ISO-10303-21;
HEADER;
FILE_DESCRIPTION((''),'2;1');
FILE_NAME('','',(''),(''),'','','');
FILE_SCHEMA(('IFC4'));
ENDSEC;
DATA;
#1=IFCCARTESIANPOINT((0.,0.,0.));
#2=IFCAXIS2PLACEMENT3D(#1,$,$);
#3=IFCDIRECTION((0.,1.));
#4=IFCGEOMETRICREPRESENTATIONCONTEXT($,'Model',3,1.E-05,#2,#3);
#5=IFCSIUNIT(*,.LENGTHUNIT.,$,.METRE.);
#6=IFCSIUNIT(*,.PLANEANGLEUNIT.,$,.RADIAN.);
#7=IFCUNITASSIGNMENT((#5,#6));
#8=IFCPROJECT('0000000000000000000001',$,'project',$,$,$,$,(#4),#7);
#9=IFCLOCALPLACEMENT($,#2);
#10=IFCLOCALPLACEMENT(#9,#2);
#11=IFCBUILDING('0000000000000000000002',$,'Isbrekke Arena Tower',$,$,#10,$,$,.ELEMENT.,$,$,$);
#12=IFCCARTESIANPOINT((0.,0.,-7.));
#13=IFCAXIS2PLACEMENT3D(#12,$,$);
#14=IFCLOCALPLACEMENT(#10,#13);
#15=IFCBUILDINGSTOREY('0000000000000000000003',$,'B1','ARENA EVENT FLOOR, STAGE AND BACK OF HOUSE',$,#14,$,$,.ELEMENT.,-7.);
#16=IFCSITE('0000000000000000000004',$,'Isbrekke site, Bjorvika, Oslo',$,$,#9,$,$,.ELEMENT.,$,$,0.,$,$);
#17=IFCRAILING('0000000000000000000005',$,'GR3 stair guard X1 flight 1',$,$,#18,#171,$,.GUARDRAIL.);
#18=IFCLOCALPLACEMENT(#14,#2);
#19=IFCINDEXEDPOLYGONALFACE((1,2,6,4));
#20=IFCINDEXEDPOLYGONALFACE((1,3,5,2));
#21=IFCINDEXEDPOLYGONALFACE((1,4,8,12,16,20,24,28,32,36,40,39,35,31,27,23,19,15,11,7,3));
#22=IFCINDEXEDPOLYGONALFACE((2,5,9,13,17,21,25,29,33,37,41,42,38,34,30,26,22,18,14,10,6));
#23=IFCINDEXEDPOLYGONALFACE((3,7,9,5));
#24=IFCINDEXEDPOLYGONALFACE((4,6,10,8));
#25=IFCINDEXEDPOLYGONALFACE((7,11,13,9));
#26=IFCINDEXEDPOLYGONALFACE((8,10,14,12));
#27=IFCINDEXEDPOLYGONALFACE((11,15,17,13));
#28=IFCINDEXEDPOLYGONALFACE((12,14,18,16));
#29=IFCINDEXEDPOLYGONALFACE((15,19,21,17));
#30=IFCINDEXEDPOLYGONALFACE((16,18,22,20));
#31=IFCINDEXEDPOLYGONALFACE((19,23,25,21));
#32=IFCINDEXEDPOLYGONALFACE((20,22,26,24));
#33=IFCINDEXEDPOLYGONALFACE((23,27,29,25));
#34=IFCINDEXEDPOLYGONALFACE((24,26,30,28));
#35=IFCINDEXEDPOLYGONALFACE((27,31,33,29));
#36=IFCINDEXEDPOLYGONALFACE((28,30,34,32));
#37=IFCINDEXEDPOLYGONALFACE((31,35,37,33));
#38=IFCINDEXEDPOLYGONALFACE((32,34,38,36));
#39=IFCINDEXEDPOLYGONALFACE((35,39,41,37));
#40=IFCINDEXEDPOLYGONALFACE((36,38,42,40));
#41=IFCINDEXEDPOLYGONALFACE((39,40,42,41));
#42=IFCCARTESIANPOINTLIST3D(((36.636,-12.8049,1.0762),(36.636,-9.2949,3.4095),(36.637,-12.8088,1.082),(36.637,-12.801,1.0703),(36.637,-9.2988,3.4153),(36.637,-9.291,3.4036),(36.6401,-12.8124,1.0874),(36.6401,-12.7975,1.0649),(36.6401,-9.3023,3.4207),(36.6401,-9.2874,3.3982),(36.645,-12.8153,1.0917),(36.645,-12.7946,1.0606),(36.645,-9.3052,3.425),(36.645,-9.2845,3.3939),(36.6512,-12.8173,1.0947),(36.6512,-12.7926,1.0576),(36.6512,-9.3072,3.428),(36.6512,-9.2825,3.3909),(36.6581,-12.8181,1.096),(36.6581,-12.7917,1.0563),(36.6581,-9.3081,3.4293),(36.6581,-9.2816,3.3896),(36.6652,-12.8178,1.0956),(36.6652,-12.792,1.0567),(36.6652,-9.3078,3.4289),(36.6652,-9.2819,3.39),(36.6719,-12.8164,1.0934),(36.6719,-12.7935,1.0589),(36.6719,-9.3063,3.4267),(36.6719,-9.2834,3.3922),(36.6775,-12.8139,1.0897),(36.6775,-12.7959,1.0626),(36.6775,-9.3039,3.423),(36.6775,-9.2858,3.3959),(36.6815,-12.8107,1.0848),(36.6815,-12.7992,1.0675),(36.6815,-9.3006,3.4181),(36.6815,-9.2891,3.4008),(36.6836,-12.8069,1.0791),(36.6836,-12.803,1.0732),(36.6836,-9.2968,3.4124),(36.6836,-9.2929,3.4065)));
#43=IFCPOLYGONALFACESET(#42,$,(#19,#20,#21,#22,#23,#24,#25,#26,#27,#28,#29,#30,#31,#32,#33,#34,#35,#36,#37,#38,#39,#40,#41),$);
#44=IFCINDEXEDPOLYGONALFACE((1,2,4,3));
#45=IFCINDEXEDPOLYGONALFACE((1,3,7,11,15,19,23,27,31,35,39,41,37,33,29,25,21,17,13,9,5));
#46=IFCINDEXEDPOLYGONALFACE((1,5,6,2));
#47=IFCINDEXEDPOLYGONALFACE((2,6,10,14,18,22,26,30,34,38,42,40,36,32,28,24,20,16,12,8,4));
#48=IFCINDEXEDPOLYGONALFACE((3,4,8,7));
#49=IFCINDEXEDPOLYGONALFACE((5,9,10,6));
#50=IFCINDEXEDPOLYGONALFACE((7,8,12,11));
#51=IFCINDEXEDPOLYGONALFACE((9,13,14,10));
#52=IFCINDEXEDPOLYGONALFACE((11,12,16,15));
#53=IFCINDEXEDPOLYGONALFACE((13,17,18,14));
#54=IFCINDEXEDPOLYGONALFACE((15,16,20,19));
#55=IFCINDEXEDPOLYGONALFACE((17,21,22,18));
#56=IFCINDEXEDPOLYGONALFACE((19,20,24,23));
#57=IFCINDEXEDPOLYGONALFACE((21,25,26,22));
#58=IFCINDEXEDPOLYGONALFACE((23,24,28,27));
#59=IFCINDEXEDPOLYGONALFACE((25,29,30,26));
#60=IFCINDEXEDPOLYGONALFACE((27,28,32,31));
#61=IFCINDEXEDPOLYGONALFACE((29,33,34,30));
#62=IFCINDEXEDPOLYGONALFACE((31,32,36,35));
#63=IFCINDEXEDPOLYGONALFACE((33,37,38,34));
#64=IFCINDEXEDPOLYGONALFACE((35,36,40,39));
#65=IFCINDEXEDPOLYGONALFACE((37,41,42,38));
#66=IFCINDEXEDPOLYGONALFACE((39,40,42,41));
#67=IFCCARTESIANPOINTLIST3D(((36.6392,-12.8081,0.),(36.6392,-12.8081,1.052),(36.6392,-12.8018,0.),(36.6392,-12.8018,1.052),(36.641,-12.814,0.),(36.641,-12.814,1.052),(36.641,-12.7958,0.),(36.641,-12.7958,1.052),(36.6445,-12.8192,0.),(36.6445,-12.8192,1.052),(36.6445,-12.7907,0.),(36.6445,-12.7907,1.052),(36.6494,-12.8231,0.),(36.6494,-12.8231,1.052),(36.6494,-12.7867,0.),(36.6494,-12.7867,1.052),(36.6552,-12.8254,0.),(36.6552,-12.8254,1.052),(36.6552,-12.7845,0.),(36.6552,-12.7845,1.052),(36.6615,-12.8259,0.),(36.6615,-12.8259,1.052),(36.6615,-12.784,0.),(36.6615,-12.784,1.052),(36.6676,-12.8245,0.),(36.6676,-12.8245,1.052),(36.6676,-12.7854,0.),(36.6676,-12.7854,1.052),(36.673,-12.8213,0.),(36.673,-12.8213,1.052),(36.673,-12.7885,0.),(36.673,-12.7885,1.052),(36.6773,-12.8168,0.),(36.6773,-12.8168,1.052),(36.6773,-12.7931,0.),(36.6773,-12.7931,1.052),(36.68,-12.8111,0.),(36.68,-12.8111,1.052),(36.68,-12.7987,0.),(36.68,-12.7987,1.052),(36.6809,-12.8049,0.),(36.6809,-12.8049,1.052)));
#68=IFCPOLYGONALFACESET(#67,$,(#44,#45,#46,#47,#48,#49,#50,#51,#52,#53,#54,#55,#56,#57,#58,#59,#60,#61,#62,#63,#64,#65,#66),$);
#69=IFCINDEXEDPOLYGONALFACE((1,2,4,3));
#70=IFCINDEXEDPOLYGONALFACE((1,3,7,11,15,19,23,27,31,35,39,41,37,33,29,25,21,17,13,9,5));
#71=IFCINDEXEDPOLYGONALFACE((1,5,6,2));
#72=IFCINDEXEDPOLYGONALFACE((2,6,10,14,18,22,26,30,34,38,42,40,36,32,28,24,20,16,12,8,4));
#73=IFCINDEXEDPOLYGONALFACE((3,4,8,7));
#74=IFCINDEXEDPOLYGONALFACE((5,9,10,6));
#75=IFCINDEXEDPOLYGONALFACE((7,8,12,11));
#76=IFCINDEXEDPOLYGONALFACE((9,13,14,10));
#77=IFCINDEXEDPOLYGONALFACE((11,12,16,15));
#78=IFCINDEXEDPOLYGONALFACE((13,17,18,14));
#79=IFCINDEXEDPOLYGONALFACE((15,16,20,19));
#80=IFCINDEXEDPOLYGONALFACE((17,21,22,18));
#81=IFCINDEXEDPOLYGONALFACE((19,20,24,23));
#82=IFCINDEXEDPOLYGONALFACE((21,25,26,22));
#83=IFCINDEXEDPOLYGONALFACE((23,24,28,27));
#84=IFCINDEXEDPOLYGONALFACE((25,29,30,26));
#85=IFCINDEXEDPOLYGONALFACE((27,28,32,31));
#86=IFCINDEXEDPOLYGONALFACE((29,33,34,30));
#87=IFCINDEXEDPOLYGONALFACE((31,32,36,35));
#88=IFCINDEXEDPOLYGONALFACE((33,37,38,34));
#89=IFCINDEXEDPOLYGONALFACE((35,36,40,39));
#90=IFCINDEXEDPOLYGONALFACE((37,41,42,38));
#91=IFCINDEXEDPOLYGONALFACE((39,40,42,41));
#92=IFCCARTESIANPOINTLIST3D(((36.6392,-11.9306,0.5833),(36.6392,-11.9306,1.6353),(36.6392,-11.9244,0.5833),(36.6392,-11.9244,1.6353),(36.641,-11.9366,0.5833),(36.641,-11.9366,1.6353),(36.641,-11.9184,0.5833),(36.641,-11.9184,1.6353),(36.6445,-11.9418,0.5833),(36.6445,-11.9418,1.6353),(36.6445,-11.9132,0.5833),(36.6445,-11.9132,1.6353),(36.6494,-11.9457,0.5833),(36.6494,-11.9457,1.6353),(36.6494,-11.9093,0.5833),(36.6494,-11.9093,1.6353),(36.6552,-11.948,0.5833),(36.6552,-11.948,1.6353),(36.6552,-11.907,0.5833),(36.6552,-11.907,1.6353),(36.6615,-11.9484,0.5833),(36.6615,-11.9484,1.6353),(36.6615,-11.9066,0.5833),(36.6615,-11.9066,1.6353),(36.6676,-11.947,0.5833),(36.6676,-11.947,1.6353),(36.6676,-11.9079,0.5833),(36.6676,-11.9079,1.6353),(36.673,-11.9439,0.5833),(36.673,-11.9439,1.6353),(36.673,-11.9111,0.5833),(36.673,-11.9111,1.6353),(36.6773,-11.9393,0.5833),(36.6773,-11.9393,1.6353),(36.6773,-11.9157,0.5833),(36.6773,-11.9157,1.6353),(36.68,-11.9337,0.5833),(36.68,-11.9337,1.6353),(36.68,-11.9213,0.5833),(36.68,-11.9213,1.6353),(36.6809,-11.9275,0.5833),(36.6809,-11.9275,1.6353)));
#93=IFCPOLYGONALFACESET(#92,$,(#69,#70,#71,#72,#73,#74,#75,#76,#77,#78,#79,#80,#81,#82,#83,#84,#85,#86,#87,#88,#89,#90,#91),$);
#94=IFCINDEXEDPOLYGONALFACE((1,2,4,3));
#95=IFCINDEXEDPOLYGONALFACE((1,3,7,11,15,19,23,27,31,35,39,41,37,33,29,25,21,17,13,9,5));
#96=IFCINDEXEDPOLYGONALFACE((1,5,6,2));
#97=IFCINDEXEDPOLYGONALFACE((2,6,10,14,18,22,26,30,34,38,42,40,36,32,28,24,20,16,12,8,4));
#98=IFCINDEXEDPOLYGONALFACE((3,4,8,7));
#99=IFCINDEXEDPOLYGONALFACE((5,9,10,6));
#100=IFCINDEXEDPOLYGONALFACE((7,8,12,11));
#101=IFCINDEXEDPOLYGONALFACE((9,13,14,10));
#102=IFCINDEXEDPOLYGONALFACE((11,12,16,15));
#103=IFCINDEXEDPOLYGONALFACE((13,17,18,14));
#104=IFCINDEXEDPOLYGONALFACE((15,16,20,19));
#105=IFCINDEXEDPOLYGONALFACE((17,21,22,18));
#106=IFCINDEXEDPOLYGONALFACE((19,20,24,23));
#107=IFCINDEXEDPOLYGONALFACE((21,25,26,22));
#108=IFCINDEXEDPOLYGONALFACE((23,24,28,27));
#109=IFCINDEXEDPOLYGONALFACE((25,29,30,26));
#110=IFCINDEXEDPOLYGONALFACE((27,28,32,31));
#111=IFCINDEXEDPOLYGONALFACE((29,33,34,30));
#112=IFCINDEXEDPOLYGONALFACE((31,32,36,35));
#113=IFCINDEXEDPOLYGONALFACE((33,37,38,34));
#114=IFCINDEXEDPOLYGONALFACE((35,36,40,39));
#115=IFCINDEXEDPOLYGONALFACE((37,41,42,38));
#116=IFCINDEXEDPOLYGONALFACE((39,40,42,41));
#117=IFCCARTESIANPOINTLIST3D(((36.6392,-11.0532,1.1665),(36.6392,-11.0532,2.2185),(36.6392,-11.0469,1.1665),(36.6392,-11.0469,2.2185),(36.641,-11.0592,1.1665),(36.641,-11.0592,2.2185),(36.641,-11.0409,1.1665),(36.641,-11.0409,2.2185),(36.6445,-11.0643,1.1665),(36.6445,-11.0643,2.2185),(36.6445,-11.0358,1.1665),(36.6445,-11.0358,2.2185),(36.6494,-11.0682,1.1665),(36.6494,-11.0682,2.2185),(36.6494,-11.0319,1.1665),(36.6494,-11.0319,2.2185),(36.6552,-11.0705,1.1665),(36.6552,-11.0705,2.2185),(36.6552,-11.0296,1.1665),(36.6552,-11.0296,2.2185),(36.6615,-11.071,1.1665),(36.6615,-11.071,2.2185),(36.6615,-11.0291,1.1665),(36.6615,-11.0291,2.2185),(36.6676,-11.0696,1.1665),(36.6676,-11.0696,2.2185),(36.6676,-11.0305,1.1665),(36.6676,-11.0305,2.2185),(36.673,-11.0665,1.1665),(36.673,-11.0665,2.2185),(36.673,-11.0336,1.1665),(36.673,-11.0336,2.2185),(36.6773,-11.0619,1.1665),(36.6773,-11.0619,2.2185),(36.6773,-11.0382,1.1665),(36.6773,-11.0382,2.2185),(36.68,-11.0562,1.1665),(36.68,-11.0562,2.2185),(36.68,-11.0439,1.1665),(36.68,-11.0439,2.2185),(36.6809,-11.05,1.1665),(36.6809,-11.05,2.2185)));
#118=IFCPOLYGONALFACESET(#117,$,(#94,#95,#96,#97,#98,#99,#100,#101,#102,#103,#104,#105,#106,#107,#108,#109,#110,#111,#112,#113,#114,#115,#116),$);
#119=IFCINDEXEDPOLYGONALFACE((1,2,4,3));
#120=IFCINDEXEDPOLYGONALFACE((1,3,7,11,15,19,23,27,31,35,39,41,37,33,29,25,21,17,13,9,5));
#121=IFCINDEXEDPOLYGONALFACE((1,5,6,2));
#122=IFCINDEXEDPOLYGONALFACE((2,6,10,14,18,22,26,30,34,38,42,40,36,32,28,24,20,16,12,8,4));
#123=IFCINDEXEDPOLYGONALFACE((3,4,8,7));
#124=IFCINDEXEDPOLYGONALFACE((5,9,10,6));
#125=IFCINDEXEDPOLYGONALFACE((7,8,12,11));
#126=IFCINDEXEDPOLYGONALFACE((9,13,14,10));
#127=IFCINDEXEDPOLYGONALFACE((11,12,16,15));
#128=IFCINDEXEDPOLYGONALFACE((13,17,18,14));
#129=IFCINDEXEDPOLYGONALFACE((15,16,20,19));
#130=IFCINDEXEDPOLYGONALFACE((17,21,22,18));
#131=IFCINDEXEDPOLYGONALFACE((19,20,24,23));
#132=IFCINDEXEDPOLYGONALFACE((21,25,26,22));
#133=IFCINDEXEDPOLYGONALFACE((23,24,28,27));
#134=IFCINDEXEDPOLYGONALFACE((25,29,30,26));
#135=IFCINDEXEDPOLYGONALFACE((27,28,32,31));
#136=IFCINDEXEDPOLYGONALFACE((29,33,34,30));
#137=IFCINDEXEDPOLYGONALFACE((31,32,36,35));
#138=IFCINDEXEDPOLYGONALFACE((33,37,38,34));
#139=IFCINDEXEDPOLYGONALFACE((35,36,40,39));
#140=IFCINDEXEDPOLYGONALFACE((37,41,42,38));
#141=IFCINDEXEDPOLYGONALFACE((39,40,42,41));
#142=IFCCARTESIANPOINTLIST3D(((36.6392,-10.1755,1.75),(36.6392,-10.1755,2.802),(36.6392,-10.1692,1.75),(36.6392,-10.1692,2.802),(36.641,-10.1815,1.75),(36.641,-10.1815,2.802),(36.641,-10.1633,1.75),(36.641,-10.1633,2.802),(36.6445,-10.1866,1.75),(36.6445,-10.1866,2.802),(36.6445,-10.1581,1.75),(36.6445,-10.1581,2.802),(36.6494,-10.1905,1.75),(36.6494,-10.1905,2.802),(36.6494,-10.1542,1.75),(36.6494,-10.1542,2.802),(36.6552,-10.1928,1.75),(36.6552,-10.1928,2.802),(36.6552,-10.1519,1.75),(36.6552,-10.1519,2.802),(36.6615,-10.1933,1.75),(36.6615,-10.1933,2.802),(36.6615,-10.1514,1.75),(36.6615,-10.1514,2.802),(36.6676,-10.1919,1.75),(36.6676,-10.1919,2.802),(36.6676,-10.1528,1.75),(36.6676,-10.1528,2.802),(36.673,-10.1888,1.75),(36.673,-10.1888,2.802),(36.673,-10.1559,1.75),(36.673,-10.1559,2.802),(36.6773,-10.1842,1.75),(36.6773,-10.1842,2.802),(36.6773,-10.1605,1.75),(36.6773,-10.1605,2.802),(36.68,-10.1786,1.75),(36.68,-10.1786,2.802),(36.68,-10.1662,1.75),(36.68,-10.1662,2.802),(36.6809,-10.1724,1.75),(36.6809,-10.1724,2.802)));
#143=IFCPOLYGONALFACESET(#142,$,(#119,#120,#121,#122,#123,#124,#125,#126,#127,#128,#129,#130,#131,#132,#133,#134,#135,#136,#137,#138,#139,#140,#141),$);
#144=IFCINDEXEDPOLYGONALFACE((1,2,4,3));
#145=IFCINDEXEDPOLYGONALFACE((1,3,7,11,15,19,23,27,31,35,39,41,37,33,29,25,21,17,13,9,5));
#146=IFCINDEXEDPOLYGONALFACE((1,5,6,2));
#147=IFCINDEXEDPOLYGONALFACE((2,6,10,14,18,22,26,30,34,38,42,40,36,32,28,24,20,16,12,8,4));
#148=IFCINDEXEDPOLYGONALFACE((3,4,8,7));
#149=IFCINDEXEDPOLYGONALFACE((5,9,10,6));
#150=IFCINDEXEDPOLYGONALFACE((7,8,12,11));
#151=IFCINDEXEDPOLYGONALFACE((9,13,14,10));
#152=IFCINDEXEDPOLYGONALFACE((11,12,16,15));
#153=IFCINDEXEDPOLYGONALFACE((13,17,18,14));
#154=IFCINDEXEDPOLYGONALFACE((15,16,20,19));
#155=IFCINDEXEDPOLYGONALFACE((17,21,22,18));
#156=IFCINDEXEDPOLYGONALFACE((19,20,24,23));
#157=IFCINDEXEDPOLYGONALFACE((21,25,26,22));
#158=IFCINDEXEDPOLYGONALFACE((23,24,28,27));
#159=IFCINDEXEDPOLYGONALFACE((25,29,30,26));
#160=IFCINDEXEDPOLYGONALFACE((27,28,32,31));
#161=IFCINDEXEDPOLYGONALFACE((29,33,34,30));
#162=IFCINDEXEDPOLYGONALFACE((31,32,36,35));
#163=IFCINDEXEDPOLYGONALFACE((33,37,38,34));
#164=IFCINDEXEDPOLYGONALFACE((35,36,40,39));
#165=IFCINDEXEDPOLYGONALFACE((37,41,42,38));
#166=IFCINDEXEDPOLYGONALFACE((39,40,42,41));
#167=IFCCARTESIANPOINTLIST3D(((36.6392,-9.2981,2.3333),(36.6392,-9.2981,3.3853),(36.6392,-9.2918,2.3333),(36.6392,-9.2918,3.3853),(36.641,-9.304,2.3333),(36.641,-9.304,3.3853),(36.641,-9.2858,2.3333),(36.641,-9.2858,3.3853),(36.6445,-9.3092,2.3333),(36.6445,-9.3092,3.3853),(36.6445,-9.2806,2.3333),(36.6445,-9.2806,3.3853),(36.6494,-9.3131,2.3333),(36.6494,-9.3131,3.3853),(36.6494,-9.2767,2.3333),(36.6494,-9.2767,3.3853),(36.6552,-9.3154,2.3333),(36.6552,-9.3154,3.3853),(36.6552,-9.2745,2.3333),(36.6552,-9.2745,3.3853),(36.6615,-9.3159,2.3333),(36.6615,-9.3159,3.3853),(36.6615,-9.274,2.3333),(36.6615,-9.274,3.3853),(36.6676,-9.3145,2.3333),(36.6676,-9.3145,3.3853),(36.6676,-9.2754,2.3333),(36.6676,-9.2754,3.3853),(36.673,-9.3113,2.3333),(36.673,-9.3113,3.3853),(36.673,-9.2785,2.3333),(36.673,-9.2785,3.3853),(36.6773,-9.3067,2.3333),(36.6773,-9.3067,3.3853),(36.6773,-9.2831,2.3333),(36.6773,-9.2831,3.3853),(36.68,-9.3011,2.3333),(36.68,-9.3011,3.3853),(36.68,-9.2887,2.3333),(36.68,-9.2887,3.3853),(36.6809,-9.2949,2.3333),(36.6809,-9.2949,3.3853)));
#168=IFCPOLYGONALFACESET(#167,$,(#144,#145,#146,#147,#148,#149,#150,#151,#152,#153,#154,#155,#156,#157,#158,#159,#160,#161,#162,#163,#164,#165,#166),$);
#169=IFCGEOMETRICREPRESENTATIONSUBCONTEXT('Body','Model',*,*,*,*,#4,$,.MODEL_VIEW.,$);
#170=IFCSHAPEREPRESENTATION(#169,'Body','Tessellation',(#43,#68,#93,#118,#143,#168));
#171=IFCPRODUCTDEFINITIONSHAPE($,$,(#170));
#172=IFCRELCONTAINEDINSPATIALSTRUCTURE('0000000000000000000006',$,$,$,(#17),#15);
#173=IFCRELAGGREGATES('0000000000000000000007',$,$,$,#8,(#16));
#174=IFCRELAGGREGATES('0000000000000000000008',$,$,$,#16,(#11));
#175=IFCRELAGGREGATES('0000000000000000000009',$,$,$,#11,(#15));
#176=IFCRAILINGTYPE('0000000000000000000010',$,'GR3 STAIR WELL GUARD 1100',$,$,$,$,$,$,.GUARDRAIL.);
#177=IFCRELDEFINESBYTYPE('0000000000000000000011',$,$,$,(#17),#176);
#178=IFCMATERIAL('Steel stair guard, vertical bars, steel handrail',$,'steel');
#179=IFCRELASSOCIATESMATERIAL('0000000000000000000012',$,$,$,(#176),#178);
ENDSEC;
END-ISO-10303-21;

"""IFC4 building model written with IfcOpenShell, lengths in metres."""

from ifc_helpers import new_model, si_unit, direction, frame, origin, origin_2d, place, context, subcontext, project, spatial, circle, extrude, material, type_object, element, save


model = new_model("IFC4")

# Units and contexts
model_context = context("Model", 3, precision=1e-05, world=origin(), true_north=direction((0.0, 1.0)))
body_context = subcontext(model_context, "Body", "Model", "MODEL_VIEW")
ifc_project = project(units=[si_unit("LENGTHUNIT", "METRE"), si_unit("PLANEANGLEUNIT", "RADIAN")], contexts=[model_context])

# Site, building, storey
site_placement = place(None, origin())
site = spatial("IfcSite", under=ifc_project, at=site_placement, Name="Isbrekke site, Bjorvika, Oslo", CompositionType="ELEMENT", RefElevation=0.0)
building_placement = place(site_placement, origin())
building = spatial("IfcBuilding", under=site, at=building_placement, Name="Isbrekke Arena Tower", CompositionType="ELEMENT")
storey_placement = place(building_placement, frame((0.0, 0.0, -7.0)))
storey = spatial("IfcBuildingStorey", under=building, at=storey_placement, Name="B1", Description="ARENA EVENT FLOOR, STAGE AND BACK OF HOUSE", CompositionType="ELEMENT", Elevation=-7.0)

# Railing
ifc_material_1 = material(Name="Steel stair guard, vertical bars, steel handrail", Category="steel")
railing_type = type_object("IfcRailingType", Name="GR3 STAIR WELL GUARD 1100", PredefinedType="GUARDRAIL", material=ifc_material_1)
for number, where, name in (
    (1, (36.6599, -12.8049, 0.0), "GR3 stair guard X1 flight 1"),
):
    element("IfcRailing", number, at=place(storey_placement, frame(where)), inside=storey, type_object=railing_type, Name=name, PredefinedType="GUARDRAIL", context=body_context, shape_type="SweptSolid", body=[
        extrude(circle(Radius=0.0239, at=origin_2d()), frame((0.0, 0.0, 1.0762), z_axis=(0.0, 0.832789, 0.55359), x_axis=(-1.0, 0.0, 0.0)), (0.0, 0.0, 1.0), 4.2148),
        extrude(circle(Radius=0.021, at=origin_2d()), origin(), (0.0, 0.0, 1.0), 1.052),
        extrude(circle(Radius=0.021, at=origin_2d()), frame((0.0, 0.8774, 0.5833)), (0.0, 0.0, 1.0), 1.052),
        extrude(circle(Radius=0.021, at=origin_2d()), frame((0.0, 1.7549, 1.1665)), (0.0, 0.0, 1.0), 1.052),
        extrude(circle(Radius=0.021, at=origin_2d()), frame((0.0, 2.6326, 1.75)), (0.0, 0.0, 1.0), 1.052),
        extrude(circle(Radius=0.021, at=origin_2d()), frame((0.0, 3.51, 2.3333)), (0.0, 0.0, 1.0), 1.052),
    ])

save(model, "model.ifc")
